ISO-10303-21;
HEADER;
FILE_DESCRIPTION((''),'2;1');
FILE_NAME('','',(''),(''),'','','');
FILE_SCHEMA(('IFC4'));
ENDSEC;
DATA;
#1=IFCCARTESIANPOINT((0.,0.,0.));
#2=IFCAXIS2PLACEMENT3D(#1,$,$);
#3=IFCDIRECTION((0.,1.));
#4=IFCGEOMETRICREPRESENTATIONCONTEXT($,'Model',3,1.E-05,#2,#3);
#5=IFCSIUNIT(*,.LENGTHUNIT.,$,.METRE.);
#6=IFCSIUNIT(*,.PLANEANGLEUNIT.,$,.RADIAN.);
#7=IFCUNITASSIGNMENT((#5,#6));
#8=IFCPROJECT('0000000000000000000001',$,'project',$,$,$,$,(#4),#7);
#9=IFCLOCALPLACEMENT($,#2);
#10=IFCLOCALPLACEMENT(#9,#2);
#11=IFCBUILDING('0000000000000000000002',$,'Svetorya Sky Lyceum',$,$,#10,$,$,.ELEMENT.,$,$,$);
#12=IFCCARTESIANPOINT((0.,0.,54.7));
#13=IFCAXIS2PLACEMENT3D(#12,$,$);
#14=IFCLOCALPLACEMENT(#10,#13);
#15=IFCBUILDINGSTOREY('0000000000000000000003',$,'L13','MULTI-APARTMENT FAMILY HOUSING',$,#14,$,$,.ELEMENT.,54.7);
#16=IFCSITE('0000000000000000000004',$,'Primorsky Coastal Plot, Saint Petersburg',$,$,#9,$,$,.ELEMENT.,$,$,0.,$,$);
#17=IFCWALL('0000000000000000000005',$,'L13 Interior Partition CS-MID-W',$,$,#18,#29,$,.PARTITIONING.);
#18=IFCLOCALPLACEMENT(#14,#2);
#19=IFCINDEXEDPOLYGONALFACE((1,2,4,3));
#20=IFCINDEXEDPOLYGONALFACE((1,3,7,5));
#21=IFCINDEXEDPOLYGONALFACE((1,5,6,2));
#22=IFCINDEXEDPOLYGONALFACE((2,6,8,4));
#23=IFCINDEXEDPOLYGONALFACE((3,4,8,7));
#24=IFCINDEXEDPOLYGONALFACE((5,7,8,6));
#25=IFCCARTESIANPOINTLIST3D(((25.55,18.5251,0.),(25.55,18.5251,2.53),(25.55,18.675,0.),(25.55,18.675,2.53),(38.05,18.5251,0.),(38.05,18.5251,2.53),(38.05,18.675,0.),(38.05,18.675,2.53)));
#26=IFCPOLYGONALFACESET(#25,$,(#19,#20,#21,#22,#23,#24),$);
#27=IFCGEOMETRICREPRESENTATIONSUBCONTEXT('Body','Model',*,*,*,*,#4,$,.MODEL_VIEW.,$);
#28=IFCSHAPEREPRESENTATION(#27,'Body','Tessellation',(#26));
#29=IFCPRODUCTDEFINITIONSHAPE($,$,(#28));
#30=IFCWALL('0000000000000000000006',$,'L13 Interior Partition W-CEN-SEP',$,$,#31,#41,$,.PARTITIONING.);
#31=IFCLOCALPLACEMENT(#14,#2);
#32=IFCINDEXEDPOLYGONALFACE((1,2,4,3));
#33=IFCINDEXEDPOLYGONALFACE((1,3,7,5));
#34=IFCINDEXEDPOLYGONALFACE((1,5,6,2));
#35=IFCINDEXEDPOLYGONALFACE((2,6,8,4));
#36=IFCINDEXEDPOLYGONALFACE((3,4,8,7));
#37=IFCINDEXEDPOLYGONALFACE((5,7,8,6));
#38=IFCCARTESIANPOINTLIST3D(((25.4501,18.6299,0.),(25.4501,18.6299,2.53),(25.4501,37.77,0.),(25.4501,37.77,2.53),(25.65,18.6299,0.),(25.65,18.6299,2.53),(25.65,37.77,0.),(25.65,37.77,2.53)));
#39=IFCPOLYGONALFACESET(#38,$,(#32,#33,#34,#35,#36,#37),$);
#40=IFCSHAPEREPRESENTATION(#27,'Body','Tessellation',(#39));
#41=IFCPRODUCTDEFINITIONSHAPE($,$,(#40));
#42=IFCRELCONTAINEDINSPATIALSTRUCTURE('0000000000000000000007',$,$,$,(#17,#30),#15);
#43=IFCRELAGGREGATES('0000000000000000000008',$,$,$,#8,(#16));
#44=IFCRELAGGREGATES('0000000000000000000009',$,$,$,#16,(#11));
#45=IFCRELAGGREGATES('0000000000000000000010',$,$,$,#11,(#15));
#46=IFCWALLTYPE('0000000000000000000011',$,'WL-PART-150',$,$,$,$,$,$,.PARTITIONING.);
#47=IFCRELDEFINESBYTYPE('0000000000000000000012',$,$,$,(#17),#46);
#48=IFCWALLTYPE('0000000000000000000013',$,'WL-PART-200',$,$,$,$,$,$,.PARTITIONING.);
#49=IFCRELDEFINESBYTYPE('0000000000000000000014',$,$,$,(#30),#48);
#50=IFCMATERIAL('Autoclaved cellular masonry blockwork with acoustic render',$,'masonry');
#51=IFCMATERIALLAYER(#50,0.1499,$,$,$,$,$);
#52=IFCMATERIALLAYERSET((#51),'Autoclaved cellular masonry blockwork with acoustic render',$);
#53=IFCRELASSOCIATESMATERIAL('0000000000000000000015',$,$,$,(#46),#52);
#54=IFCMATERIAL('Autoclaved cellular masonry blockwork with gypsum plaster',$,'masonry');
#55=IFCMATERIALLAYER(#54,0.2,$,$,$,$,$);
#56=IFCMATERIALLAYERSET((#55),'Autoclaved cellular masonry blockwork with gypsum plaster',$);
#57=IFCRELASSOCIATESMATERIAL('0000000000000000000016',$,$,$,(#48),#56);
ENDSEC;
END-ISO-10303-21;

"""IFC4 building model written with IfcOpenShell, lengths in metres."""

from ifc_helpers import new_model, si_unit, direction, frame, frame_2d, origin, place, context, subcontext, project, spatial, rectangle, extrude, material, layer, layer_set, type_object, element, save


model = new_model("IFC4")

# Units and contexts
model_context = context("Model", 3, precision=1e-05, world=origin(), true_north=direction((0.0, 1.0)))
body_context = subcontext(model_context, "Body", "Model", "MODEL_VIEW")
ifc_project = project(units=[si_unit("LENGTHUNIT", "METRE"), si_unit("PLANEANGLEUNIT", "RADIAN")], contexts=[model_context])

# Site, building, storey
site_placement = place(None, origin())
site = spatial("IfcSite", under=ifc_project, at=site_placement, Name="Primorsky Coastal Plot, Saint Petersburg", CompositionType="ELEMENT", RefElevation=0.0)
building_placement = place(site_placement, origin())
building = spatial("IfcBuilding", under=site, at=building_placement, Name="Svetorya Sky Lyceum", CompositionType="ELEMENT")
storey_placement = place(building_placement, frame((0.0, 0.0, 54.7)))
storey = spatial("IfcBuildingStorey", under=building, at=storey_placement, Name="L13", Description="MULTI-APARTMENT FAMILY HOUSING", CompositionType="ELEMENT", Elevation=54.7)

# Walls
ifc_material_1 = material(Name="Autoclaved cellular masonry blockwork with acoustic render", Category="masonry")
ifc_layer_1 = layer(ifc_material_1, 0.1499)
ifc_layer_set_1 = layer_set([ifc_layer_1], Name="Autoclaved cellular masonry blockwork with acoustic render")
wall_type_1 = type_object("IfcWallType", Name="WL-PART-150", PredefinedType="PARTITIONING", material=ifc_layer_set_1)
wall_1_placement = place(storey_placement, frame((25.55, 18.6001, 0.0), z_axis=(0.0, 0.0, 1.0), x_axis=(1.0, 0.0, 0.0)))
element("IfcWall", 1, at=wall_1_placement, inside=storey, type_object=wall_type_1, Name="L13 Interior Partition CS-MID-W", PredefinedType="PARTITIONING", context=body_context, shape_type="SweptSolid", body=[
    extrude(rectangle(XDim=12.5, YDim=0.1499, at=frame_2d((6.25, 0.0))), origin(), (0.0, 0.0, 1.0), 2.53),
])
ifc_material_2 = material(Name="Autoclaved cellular masonry blockwork with gypsum plaster", Category="masonry")
ifc_layer_2 = layer(ifc_material_2, 0.2)
ifc_layer_set_2 = layer_set([ifc_layer_2], Name="Autoclaved cellular masonry blockwork with gypsum plaster")
wall_type_2 = type_object("IfcWallType", Name="WL-PART-200", PredefinedType="PARTITIONING", material=ifc_layer_set_2)
wall_2_placement = place(storey_placement, frame((25.55, 18.6299, 0.0), z_axis=(0.0, 0.0, 1.0), x_axis=(0.0, 1.0, 0.0)))
element("IfcWall", 2, at=wall_2_placement, inside=storey, type_object=wall_type_2, Name="L13 Interior Partition W-CEN-SEP", PredefinedType="PARTITIONING", context=body_context, shape_type="SweptSolid", body=[
    extrude(rectangle(XDim=19.1401, YDim=0.2, at=frame_2d((9.5701, 0.0))), origin(), (0.0, 0.0, 1.0), 2.53),
])

save(model, "model.ifc")
